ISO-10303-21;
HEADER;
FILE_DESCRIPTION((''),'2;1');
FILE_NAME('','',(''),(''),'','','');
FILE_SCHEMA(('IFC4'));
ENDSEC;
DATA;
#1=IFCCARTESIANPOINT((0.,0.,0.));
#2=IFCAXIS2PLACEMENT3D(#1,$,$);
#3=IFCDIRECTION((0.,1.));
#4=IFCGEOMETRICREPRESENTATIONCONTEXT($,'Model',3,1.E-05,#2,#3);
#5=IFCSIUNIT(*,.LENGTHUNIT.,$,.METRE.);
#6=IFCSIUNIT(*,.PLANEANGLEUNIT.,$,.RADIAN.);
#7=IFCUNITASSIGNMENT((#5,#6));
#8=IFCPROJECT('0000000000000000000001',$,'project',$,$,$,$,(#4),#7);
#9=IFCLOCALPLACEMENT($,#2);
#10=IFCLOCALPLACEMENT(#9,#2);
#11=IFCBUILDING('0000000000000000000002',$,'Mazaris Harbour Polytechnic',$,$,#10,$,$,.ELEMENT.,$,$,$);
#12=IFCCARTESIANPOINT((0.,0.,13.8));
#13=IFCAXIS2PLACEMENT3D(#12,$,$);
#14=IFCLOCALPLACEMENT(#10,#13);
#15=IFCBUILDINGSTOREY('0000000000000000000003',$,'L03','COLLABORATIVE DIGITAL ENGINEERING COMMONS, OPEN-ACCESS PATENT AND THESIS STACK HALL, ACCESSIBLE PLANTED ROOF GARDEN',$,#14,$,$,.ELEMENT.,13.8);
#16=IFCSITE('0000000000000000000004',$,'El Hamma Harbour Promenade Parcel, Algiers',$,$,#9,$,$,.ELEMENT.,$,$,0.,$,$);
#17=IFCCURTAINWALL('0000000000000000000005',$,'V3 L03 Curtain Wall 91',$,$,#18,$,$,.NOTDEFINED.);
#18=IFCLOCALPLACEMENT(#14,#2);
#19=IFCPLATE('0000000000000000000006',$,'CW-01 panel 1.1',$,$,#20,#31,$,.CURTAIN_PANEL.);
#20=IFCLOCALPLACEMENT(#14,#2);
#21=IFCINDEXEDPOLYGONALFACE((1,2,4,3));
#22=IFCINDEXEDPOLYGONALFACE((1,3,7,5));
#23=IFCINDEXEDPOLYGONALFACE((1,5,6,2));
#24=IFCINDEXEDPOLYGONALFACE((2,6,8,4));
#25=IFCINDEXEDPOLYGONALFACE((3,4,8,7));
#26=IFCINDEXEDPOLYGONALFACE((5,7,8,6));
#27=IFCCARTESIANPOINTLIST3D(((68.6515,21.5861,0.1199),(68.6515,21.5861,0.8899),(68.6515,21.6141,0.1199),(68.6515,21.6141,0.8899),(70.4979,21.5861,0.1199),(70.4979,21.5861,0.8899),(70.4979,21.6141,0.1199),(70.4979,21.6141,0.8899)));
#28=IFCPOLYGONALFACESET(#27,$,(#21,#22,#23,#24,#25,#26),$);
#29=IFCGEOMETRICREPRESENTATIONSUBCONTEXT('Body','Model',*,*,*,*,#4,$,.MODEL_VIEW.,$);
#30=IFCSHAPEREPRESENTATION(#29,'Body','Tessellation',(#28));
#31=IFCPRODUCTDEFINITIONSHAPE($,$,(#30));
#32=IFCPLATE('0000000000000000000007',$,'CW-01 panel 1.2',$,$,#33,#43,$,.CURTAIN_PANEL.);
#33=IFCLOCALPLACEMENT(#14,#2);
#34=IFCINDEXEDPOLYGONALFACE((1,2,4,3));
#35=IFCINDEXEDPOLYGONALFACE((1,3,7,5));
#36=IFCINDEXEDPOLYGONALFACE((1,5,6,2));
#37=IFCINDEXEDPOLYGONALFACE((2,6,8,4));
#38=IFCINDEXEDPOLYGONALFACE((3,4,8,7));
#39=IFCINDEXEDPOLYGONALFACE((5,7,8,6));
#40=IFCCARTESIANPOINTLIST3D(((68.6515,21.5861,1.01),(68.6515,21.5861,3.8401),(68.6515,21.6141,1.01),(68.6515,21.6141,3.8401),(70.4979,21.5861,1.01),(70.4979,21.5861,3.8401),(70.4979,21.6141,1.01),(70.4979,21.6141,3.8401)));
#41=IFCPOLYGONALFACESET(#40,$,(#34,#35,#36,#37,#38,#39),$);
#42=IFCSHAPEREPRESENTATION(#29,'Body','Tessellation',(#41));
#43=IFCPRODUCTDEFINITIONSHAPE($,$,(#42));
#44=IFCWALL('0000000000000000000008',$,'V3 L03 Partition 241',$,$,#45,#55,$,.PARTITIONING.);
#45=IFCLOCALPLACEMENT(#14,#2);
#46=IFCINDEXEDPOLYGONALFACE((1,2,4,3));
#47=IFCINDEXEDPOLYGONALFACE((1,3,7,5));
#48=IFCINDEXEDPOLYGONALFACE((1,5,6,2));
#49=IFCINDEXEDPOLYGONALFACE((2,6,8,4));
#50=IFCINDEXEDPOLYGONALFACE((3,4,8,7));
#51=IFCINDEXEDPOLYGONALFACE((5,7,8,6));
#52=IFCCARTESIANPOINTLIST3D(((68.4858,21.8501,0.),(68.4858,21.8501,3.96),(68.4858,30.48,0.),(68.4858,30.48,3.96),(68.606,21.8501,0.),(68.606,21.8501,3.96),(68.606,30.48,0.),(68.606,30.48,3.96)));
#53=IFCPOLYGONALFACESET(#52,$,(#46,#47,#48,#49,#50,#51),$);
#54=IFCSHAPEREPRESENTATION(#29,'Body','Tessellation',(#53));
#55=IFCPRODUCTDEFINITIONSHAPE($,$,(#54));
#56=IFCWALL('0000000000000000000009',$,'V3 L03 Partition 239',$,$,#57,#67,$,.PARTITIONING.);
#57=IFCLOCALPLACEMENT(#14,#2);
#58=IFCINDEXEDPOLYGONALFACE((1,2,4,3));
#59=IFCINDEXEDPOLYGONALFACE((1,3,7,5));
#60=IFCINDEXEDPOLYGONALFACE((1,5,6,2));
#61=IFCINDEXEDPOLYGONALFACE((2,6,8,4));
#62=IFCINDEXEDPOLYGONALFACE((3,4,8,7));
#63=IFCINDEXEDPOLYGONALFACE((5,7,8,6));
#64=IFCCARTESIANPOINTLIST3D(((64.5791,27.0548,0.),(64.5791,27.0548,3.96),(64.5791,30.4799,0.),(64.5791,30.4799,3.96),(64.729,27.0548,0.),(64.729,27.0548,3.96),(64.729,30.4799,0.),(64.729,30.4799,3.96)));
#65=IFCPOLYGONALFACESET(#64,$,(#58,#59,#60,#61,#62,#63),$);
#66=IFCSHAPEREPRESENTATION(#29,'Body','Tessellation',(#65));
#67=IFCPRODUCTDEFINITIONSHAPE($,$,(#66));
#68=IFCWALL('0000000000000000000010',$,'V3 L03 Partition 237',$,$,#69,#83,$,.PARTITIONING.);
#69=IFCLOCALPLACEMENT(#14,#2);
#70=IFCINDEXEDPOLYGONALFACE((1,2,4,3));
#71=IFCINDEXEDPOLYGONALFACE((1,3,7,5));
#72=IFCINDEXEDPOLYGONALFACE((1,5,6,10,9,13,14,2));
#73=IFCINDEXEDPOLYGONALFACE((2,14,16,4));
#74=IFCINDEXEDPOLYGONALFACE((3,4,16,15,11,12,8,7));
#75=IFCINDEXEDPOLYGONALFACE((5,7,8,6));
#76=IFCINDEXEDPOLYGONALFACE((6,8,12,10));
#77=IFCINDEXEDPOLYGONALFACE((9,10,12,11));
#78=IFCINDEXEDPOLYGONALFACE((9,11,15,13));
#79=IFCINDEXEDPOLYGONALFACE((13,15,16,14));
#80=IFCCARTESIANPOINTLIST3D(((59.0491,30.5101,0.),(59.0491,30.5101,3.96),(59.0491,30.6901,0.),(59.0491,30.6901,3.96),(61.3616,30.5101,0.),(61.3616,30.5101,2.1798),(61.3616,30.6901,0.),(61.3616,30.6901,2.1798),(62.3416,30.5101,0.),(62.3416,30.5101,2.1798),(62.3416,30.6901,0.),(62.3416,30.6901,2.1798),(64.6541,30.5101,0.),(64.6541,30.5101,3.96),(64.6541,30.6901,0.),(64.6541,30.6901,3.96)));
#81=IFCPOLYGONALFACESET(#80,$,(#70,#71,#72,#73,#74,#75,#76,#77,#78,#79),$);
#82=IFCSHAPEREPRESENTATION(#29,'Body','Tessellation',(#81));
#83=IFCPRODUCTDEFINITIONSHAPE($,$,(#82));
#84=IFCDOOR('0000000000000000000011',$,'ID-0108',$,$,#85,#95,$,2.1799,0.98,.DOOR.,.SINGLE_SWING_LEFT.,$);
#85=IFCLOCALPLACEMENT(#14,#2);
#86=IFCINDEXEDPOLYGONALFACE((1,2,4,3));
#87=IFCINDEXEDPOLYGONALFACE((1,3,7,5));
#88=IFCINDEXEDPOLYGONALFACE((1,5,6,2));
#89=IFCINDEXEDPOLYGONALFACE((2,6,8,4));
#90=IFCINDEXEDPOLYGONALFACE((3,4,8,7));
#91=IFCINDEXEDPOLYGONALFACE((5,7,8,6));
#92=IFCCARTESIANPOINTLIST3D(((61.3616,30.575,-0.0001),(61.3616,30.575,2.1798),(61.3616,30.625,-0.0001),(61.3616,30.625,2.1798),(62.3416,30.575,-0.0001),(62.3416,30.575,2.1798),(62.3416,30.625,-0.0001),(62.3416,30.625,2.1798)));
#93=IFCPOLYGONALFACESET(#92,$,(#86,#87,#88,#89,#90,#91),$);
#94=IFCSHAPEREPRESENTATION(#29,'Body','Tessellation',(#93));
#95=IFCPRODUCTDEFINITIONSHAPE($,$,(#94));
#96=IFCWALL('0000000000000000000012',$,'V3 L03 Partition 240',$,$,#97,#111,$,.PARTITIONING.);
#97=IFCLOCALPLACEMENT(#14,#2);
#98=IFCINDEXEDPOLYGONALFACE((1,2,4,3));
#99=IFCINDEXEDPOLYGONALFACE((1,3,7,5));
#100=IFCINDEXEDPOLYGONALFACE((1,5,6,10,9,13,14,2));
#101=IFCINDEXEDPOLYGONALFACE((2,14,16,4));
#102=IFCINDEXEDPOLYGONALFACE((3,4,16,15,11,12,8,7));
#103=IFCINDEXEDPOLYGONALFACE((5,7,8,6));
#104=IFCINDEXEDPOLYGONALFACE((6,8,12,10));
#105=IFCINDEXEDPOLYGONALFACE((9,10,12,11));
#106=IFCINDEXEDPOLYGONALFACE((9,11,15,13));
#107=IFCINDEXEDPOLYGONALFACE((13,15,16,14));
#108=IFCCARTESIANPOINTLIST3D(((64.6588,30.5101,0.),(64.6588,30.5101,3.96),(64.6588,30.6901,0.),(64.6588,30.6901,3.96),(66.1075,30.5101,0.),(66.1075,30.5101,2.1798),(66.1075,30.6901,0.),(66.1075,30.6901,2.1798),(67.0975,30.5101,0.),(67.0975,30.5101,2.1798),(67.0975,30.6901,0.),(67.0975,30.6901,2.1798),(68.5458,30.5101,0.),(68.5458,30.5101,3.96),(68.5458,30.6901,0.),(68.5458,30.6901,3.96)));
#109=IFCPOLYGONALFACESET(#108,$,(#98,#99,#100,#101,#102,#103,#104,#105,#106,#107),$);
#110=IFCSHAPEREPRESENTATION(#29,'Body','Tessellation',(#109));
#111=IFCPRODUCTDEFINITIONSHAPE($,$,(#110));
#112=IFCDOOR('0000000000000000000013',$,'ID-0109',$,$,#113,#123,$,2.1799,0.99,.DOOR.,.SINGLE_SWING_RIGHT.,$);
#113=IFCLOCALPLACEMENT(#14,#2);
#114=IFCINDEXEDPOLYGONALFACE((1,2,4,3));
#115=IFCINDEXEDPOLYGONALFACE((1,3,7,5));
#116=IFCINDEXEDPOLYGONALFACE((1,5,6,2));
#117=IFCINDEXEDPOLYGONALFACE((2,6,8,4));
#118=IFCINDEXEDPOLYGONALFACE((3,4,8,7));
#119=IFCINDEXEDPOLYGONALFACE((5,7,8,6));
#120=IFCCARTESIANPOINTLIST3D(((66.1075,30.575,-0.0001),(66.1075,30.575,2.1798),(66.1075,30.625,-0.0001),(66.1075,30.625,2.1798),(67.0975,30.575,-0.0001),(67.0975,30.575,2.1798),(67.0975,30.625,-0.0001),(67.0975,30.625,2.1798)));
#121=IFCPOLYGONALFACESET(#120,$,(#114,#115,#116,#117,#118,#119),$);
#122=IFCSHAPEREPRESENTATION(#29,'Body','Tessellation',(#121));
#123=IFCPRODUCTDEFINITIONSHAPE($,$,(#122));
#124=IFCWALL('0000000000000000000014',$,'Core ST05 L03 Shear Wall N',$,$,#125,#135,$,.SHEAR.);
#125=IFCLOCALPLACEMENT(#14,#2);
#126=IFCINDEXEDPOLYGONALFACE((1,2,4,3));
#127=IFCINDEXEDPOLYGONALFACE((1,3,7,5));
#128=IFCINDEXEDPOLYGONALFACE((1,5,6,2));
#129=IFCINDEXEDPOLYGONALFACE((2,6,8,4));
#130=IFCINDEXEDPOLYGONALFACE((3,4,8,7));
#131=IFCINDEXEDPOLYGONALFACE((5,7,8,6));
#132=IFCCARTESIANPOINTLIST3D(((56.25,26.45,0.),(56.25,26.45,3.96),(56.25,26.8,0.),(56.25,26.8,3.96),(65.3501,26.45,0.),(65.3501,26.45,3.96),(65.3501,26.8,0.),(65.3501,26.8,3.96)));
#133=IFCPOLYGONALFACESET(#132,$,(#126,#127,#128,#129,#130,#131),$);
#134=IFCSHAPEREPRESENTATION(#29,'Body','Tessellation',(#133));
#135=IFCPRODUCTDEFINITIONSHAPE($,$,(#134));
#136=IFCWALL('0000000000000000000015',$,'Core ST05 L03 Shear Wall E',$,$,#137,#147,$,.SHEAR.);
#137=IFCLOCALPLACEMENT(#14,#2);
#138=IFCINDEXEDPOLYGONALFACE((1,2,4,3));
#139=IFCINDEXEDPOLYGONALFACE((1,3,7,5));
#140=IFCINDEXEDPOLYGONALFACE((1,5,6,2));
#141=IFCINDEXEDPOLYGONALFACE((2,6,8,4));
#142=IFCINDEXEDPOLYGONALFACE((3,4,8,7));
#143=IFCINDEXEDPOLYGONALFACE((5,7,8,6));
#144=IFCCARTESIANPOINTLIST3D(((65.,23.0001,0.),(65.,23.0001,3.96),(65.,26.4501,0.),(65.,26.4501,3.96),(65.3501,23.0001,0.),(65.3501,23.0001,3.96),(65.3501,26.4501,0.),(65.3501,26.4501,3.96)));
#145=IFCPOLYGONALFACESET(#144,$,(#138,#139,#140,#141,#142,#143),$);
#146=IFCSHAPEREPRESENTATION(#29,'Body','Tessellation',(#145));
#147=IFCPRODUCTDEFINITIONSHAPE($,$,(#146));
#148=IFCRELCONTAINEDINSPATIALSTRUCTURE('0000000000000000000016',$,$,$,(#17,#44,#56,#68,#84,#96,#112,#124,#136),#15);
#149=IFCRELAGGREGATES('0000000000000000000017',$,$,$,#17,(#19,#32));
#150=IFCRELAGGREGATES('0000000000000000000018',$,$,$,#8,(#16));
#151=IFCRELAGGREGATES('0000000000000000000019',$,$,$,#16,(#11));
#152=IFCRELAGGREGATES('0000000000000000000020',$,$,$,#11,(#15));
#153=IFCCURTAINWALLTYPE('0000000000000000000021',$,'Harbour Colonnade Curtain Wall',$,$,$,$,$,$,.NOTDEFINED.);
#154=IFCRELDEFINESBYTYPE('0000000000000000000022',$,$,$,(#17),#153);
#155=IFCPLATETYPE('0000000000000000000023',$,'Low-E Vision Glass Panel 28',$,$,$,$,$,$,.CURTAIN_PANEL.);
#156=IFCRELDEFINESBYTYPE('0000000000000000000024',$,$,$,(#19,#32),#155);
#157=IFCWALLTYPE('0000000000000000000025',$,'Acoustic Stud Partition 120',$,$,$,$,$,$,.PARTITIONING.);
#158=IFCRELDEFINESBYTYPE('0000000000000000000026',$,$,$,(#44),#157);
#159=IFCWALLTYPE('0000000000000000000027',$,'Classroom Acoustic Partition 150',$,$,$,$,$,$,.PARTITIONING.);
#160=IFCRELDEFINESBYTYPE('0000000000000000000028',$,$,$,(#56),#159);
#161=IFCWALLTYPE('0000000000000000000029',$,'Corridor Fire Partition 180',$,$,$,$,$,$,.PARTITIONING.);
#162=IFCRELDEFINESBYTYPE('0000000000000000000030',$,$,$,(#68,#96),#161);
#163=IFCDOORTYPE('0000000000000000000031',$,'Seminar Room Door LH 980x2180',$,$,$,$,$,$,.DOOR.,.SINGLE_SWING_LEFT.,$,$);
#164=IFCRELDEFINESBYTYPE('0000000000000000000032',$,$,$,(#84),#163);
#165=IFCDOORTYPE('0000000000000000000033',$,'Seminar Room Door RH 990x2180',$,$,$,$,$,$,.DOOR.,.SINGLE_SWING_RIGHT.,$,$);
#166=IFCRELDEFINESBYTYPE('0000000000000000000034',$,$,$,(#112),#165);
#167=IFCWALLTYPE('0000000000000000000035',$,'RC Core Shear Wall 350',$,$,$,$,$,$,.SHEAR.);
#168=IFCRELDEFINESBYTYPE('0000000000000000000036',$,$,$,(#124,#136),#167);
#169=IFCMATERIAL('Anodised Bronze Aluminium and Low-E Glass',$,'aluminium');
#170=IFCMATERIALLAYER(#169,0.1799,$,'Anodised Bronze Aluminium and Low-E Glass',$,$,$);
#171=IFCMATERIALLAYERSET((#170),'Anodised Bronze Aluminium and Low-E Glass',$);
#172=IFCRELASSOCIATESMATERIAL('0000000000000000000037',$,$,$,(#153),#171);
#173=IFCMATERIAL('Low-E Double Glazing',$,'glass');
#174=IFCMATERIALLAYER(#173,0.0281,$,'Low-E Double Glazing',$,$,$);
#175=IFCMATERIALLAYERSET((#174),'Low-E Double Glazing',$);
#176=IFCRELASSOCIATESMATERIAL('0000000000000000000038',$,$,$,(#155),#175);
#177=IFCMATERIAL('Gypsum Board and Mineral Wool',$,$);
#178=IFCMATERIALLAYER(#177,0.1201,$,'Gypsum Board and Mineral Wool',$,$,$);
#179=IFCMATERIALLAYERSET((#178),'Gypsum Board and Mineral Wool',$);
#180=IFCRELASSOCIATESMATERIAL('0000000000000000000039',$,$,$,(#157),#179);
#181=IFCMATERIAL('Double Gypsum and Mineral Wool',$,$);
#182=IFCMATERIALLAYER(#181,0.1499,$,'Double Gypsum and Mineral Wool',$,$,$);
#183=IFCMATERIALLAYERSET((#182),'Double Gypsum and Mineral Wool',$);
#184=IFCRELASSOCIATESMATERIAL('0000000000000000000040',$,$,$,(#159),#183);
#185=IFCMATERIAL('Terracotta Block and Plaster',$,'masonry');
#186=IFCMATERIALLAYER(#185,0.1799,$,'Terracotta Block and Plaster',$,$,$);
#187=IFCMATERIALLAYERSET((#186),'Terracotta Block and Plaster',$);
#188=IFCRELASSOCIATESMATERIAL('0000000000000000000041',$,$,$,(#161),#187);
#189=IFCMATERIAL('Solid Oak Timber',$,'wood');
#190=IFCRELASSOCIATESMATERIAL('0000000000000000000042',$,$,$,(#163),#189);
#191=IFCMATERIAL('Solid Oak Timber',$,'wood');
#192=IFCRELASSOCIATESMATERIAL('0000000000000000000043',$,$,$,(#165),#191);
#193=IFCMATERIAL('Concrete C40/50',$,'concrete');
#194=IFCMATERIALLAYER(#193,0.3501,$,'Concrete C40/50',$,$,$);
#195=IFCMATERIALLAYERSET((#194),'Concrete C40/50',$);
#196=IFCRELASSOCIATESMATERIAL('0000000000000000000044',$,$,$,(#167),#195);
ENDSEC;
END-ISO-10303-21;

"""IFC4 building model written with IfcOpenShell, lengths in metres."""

from ifc_helpers import new_model, si_unit, direction, frame, frame_2d, origin, origin_2d, place, context, subcontext, project, spatial, rectangle, extrude, material, layer, layer_set, type_object, element, fill, aggregate, save


model = new_model("IFC4")

# Units and contexts
model_context = context("Model", 3, precision=1e-05, world=origin(), true_north=direction((0.0, 1.0)))
body_context = subcontext(model_context, "Body", "Model", "MODEL_VIEW")
ifc_project = project(units=[si_unit("LENGTHUNIT", "METRE"), si_unit("PLANEANGLEUNIT", "RADIAN")], contexts=[model_context])

# Site, building, storey
site_placement = place(None, origin())
site = spatial("IfcSite", under=ifc_project, at=site_placement, Name="El Hamma Harbour Promenade Parcel, Algiers", CompositionType="ELEMENT", RefElevation=0.0)
building_placement = place(site_placement, origin())
building = spatial("IfcBuilding", under=site, at=building_placement, Name="Mazaris Harbour Polytechnic", CompositionType="ELEMENT")
storey_placement = place(building_placement, frame((0.0, 0.0, 13.8)))
storey = spatial("IfcBuildingStorey", under=building, at=storey_placement, Name="L03", Description="COLLABORATIVE DIGITAL ENGINEERING COMMONS, OPEN-ACCESS PATENT AND THESIS STACK HALL, ACCESSIBLE PLANTED ROOF GARDEN", CompositionType="ELEMENT", Elevation=13.8)

# Curtain wall
ifc_material_1 = material(Name="Anodised Bronze Aluminium and Low-E Glass", Category="aluminium")
ifc_layer_1 = layer(ifc_material_1, 0.1799, Name="Anodised Bronze Aluminium and Low-E Glass")
ifc_layer_set_1 = layer_set([ifc_layer_1], Name="Anodised Bronze Aluminium and Low-E Glass")
curtain_wall_type_1 = type_object("IfcCurtainWallType", Name="Harbour Colonnade Curtain Wall", PredefinedType="NOTDEFINED", material=ifc_layer_set_1)
curtain_wall_1_placement = place(storey_placement, origin())
curtain_wall_1 = element("IfcCurtainWall", 1, at=curtain_wall_1_placement, inside=storey, type_object=curtain_wall_type_1, Name="V3 L03 Curtain Wall 91", PredefinedType="NOTDEFINED")

# Plates
ifc_material_2 = material(Name="Low-E Double Glazing", Category="glass")
ifc_layer_2 = layer(ifc_material_2, 0.0281, Name="Low-E Double Glazing")
ifc_layer_set_2 = layer_set([ifc_layer_2], Name="Low-E Double Glazing")
plate_type = type_object("IfcPlateType", Name="Low-E Vision Glass Panel 28", PredefinedType="CURTAIN_PANEL", material=ifc_layer_set_2)
plate_1_placement = place(storey_placement, frame((69.5747, 21.6001, 0.1199), z_axis=(0.0, 0.0, 1.0), x_axis=(-1.0, 0.0, 0.0)))
plate_1 = element("IfcPlate", 2, at=plate_1_placement, type_object=plate_type, Name="CW-01 panel 1.1", PredefinedType="CURTAIN_PANEL", context=body_context, shape_type="SweptSolid", body=[
    extrude(rectangle(XDim=1.8464, YDim=0.0281, at=origin_2d()), origin(), (0.0, 0.0, 1.0), 0.77),
])
plate_2_placement = place(storey_placement, frame((69.5747, 21.6001, 1.01), z_axis=(0.0, 0.0, 1.0), x_axis=(-1.0, 0.0, 0.0)))
plate_2 = element("IfcPlate", 3, at=plate_2_placement, type_object=plate_type, Name="CW-01 panel 1.2", PredefinedType="CURTAIN_PANEL", context=body_context, shape_type="SweptSolid", body=[
    extrude(rectangle(XDim=1.8464, YDim=0.0281, at=origin_2d()), origin(), (0.0, 0.0, 1.0), 2.8301),
])
aggregate(curtain_wall_1, [plate_1, plate_2])

# Walls
ifc_material_3 = material(Name="Gypsum Board and Mineral Wool")
ifc_layer_3 = layer(ifc_material_3, 0.1201, Name="Gypsum Board and Mineral Wool")
ifc_layer_set_3 = layer_set([ifc_layer_3], Name="Gypsum Board and Mineral Wool")
wall_type_1 = type_object("IfcWallType", Name="Acoustic Stud Partition 120", PredefinedType="PARTITIONING", material=ifc_layer_set_3)
wall_1_placement = place(storey_placement, frame((68.5459, 21.8501, 0.0), z_axis=(0.0, 0.0, 1.0), x_axis=(0.0, 1.0, 0.0)))
element("IfcWall", 4, at=wall_1_placement, inside=storey, type_object=wall_type_1, Name="V3 L03 Partition 241", PredefinedType="PARTITIONING", context=body_context, shape_type="SweptSolid", body=[
    extrude(rectangle(XDim=8.6299, YDim=0.1201, at=frame_2d((4.3149, 0.0))), origin(), (0.0, 0.0, 1.0), 3.96),
])
ifc_material_4 = material(Name="Double Gypsum and Mineral Wool")
ifc_layer_4 = layer(ifc_material_4, 0.1499, Name="Double Gypsum and Mineral Wool")
ifc_layer_set_4 = layer_set([ifc_layer_4], Name="Double Gypsum and Mineral Wool")
wall_type_2 = type_object("IfcWallType", Name="Classroom Acoustic Partition 150", PredefinedType="PARTITIONING", material=ifc_layer_set_4)
wall_2_placement = place(storey_placement, frame((64.6541, 27.0549, 0.0), z_axis=(0.0, 0.0, 1.0), x_axis=(0.0, 1.0, 0.0)))
element("IfcWall", 5, at=wall_2_placement, inside=storey, type_object=wall_type_2, Name="V3 L03 Partition 239", PredefinedType="PARTITIONING", context=body_context, shape_type="SweptSolid", body=[
    extrude(rectangle(XDim=3.425, YDim=0.1499, at=frame_2d((1.7124, 0.0))), origin(), (0.0, 0.0, 1.0), 3.96),
])

# Walls, openings, doors
ifc_material_5 = material(Name="Terracotta Block and Plaster", Category="masonry")
ifc_layer_5 = layer(ifc_material_5, 0.1799, Name="Terracotta Block and Plaster")
ifc_layer_set_5 = layer_set([ifc_layer_5], Name="Terracotta Block and Plaster")
wall_type_3 = type_object("IfcWallType", Name="Corridor Fire Partition 180", PredefinedType="PARTITIONING", material=ifc_layer_set_5)
wall_3_placement = place(storey_placement, frame((59.0491, 30.6001, 0.0), z_axis=(0.0, 0.0, 1.0), x_axis=(1.0, 0.0, 0.0)))
wall_3 = element("IfcWall", 6, at=wall_3_placement, inside=storey, type_object=wall_type_3, Name="V3 L03 Partition 237", PredefinedType="PARTITIONING", context=body_context, shape_type="SweptSolid", body=[
    extrude(rectangle(XDim=5.605, YDim=0.1799, at=frame_2d((2.8025, 0.0))), origin(), (0.0, 0.0, 1.0), 3.96),
])
opening_1_placement = place(wall_3_placement, frame((2.3125, 0.0, 0.0)))
opening_1 = element("IfcOpeningElement", 7, at=opening_1_placement, cuts=wall_3, PredefinedType="OPENING", context=body_context, shape_type="SweptSolid", body=[
    extrude(rectangle(XDim=0.98, YDim=2.1799, at=frame_2d((0.49, 1.0898))), frame((0.0, 0.0999, 0.0), z_axis=(0.0, -1.0, 0.0), x_axis=(1.0, 0.0, 0.0)), (0.0, 0.0, 1.0), 0.2),
])
ifc_material_6 = material(Name="Solid Oak Timber", Category="wood")
door_type_1 = type_object("IfcDoorType", Name="Seminar Room Door LH 980x2180", OperationType="SINGLE_SWING_LEFT", PredefinedType="DOOR", material=ifc_material_6)
door_1_placement = place(opening_1_placement, origin())
door_1 = element("IfcDoor", 8, at=door_1_placement, inside=storey, type_object=door_type_1, Name="ID-0108", OperationType="SINGLE_SWING_LEFT", OverallHeight=2.1799, OverallWidth=0.98, PredefinedType="DOOR", context=body_context, shape_type="SweptSolid", body=[
    extrude(rectangle(XDim=0.98, YDim=2.1799, at=frame_2d((0.49, 1.0898))), frame((0.0, 0.0249, 0.0), z_axis=(0.0, -1.0, 0.0), x_axis=(1.0, 0.0, 0.0)), (0.0, 0.0, 1.0), 0.05),
])
fill(opening_1, door_1)
wall_4_placement = place(storey_placement, frame((64.6589, 30.6001, 0.0), z_axis=(0.0, 0.0, 1.0), x_axis=(1.0, 0.0, 0.0)))
wall_4 = element("IfcWall", 9, at=wall_4_placement, inside=storey, type_object=wall_type_3, Name="V3 L03 Partition 240", PredefinedType="PARTITIONING", context=body_context, shape_type="SweptSolid", body=[
    extrude(rectangle(XDim=3.887, YDim=0.1799, at=frame_2d((1.9434, 0.0))), origin(), (0.0, 0.0, 1.0), 3.96),
])
opening_2_placement = place(wall_4_placement, frame((1.4485, 0.0, 0.0)))
opening_2 = element("IfcOpeningElement", 10, at=opening_2_placement, cuts=wall_4, PredefinedType="OPENING", context=body_context, shape_type="SweptSolid", body=[
    extrude(rectangle(XDim=0.99, YDim=2.1799, at=frame_2d((0.4951, 1.0898))), frame((0.0, 0.0999, 0.0), z_axis=(0.0, -1.0, 0.0), x_axis=(1.0, 0.0, 0.0)), (0.0, 0.0, 1.0), 0.2),
])
ifc_material_7 = material(Name="Solid Oak Timber", Category="wood")
door_type_2 = type_object("IfcDoorType", Name="Seminar Room Door RH 990x2180", OperationType="SINGLE_SWING_RIGHT", PredefinedType="DOOR", material=ifc_material_7)
door_2_placement = place(opening_2_placement, origin())
door_2 = element("IfcDoor", 11, at=door_2_placement, inside=storey, type_object=door_type_2, Name="ID-0109", OperationType="SINGLE_SWING_RIGHT", OverallHeight=2.1799, OverallWidth=0.99, PredefinedType="DOOR", context=body_context, shape_type="SweptSolid", body=[
    extrude(rectangle(XDim=0.99, YDim=2.1799, at=frame_2d((0.4951, 1.0898))), frame((0.0, 0.0249, 0.0), z_axis=(0.0, -1.0, 0.0), x_axis=(1.0, 0.0, 0.0)), (0.0, 0.0, 1.0), 0.05),
])
fill(opening_2, door_2)

# Walls
ifc_material_8 = material(Name="Concrete C40/50", Category="concrete")
ifc_layer_6 = layer(ifc_material_8, 0.3501, Name="Concrete C40/50")
ifc_layer_set_6 = layer_set([ifc_layer_6], Name="Concrete C40/50")
wall_type_4 = type_object("IfcWallType", Name="RC Core Shear Wall 350", PredefinedType="SHEAR", material=ifc_layer_set_6)
wall_5_placement = place(storey_placement, frame((65.3501, 26.625, 0.0), z_axis=(0.0, 0.0, 1.0), x_axis=(-1.0, 0.0, 0.0)))
element("IfcWall", 12, at=wall_5_placement, inside=storey, type_object=wall_type_4, Name="Core ST05 L03 Shear Wall N", PredefinedType="SHEAR", context=body_context, shape_type="SweptSolid", body=[
    extrude(rectangle(XDim=9.1001, YDim=0.3501, at=frame_2d((4.55, 0.0))), origin(), (0.0, 0.0, 1.0), 3.96),
])
wall_6_placement = place(storey_placement, frame((65.175, 23.0, 0.0), z_axis=(0.0, 0.0, 1.0), x_axis=(0.0, 1.0, 0.0)))
element("IfcWall", 13, at=wall_6_placement, inside=storey, type_object=wall_type_4, Name="Core ST05 L03 Shear Wall E", PredefinedType="SHEAR", context=body_context, shape_type="SweptSolid", body=[
    extrude(rectangle(XDim=3.45, YDim=0.3501, at=frame_2d((1.7251, 0.0))), origin(), (0.0, 0.0, 1.0), 3.96),
])

save(model, "model.ifc")
